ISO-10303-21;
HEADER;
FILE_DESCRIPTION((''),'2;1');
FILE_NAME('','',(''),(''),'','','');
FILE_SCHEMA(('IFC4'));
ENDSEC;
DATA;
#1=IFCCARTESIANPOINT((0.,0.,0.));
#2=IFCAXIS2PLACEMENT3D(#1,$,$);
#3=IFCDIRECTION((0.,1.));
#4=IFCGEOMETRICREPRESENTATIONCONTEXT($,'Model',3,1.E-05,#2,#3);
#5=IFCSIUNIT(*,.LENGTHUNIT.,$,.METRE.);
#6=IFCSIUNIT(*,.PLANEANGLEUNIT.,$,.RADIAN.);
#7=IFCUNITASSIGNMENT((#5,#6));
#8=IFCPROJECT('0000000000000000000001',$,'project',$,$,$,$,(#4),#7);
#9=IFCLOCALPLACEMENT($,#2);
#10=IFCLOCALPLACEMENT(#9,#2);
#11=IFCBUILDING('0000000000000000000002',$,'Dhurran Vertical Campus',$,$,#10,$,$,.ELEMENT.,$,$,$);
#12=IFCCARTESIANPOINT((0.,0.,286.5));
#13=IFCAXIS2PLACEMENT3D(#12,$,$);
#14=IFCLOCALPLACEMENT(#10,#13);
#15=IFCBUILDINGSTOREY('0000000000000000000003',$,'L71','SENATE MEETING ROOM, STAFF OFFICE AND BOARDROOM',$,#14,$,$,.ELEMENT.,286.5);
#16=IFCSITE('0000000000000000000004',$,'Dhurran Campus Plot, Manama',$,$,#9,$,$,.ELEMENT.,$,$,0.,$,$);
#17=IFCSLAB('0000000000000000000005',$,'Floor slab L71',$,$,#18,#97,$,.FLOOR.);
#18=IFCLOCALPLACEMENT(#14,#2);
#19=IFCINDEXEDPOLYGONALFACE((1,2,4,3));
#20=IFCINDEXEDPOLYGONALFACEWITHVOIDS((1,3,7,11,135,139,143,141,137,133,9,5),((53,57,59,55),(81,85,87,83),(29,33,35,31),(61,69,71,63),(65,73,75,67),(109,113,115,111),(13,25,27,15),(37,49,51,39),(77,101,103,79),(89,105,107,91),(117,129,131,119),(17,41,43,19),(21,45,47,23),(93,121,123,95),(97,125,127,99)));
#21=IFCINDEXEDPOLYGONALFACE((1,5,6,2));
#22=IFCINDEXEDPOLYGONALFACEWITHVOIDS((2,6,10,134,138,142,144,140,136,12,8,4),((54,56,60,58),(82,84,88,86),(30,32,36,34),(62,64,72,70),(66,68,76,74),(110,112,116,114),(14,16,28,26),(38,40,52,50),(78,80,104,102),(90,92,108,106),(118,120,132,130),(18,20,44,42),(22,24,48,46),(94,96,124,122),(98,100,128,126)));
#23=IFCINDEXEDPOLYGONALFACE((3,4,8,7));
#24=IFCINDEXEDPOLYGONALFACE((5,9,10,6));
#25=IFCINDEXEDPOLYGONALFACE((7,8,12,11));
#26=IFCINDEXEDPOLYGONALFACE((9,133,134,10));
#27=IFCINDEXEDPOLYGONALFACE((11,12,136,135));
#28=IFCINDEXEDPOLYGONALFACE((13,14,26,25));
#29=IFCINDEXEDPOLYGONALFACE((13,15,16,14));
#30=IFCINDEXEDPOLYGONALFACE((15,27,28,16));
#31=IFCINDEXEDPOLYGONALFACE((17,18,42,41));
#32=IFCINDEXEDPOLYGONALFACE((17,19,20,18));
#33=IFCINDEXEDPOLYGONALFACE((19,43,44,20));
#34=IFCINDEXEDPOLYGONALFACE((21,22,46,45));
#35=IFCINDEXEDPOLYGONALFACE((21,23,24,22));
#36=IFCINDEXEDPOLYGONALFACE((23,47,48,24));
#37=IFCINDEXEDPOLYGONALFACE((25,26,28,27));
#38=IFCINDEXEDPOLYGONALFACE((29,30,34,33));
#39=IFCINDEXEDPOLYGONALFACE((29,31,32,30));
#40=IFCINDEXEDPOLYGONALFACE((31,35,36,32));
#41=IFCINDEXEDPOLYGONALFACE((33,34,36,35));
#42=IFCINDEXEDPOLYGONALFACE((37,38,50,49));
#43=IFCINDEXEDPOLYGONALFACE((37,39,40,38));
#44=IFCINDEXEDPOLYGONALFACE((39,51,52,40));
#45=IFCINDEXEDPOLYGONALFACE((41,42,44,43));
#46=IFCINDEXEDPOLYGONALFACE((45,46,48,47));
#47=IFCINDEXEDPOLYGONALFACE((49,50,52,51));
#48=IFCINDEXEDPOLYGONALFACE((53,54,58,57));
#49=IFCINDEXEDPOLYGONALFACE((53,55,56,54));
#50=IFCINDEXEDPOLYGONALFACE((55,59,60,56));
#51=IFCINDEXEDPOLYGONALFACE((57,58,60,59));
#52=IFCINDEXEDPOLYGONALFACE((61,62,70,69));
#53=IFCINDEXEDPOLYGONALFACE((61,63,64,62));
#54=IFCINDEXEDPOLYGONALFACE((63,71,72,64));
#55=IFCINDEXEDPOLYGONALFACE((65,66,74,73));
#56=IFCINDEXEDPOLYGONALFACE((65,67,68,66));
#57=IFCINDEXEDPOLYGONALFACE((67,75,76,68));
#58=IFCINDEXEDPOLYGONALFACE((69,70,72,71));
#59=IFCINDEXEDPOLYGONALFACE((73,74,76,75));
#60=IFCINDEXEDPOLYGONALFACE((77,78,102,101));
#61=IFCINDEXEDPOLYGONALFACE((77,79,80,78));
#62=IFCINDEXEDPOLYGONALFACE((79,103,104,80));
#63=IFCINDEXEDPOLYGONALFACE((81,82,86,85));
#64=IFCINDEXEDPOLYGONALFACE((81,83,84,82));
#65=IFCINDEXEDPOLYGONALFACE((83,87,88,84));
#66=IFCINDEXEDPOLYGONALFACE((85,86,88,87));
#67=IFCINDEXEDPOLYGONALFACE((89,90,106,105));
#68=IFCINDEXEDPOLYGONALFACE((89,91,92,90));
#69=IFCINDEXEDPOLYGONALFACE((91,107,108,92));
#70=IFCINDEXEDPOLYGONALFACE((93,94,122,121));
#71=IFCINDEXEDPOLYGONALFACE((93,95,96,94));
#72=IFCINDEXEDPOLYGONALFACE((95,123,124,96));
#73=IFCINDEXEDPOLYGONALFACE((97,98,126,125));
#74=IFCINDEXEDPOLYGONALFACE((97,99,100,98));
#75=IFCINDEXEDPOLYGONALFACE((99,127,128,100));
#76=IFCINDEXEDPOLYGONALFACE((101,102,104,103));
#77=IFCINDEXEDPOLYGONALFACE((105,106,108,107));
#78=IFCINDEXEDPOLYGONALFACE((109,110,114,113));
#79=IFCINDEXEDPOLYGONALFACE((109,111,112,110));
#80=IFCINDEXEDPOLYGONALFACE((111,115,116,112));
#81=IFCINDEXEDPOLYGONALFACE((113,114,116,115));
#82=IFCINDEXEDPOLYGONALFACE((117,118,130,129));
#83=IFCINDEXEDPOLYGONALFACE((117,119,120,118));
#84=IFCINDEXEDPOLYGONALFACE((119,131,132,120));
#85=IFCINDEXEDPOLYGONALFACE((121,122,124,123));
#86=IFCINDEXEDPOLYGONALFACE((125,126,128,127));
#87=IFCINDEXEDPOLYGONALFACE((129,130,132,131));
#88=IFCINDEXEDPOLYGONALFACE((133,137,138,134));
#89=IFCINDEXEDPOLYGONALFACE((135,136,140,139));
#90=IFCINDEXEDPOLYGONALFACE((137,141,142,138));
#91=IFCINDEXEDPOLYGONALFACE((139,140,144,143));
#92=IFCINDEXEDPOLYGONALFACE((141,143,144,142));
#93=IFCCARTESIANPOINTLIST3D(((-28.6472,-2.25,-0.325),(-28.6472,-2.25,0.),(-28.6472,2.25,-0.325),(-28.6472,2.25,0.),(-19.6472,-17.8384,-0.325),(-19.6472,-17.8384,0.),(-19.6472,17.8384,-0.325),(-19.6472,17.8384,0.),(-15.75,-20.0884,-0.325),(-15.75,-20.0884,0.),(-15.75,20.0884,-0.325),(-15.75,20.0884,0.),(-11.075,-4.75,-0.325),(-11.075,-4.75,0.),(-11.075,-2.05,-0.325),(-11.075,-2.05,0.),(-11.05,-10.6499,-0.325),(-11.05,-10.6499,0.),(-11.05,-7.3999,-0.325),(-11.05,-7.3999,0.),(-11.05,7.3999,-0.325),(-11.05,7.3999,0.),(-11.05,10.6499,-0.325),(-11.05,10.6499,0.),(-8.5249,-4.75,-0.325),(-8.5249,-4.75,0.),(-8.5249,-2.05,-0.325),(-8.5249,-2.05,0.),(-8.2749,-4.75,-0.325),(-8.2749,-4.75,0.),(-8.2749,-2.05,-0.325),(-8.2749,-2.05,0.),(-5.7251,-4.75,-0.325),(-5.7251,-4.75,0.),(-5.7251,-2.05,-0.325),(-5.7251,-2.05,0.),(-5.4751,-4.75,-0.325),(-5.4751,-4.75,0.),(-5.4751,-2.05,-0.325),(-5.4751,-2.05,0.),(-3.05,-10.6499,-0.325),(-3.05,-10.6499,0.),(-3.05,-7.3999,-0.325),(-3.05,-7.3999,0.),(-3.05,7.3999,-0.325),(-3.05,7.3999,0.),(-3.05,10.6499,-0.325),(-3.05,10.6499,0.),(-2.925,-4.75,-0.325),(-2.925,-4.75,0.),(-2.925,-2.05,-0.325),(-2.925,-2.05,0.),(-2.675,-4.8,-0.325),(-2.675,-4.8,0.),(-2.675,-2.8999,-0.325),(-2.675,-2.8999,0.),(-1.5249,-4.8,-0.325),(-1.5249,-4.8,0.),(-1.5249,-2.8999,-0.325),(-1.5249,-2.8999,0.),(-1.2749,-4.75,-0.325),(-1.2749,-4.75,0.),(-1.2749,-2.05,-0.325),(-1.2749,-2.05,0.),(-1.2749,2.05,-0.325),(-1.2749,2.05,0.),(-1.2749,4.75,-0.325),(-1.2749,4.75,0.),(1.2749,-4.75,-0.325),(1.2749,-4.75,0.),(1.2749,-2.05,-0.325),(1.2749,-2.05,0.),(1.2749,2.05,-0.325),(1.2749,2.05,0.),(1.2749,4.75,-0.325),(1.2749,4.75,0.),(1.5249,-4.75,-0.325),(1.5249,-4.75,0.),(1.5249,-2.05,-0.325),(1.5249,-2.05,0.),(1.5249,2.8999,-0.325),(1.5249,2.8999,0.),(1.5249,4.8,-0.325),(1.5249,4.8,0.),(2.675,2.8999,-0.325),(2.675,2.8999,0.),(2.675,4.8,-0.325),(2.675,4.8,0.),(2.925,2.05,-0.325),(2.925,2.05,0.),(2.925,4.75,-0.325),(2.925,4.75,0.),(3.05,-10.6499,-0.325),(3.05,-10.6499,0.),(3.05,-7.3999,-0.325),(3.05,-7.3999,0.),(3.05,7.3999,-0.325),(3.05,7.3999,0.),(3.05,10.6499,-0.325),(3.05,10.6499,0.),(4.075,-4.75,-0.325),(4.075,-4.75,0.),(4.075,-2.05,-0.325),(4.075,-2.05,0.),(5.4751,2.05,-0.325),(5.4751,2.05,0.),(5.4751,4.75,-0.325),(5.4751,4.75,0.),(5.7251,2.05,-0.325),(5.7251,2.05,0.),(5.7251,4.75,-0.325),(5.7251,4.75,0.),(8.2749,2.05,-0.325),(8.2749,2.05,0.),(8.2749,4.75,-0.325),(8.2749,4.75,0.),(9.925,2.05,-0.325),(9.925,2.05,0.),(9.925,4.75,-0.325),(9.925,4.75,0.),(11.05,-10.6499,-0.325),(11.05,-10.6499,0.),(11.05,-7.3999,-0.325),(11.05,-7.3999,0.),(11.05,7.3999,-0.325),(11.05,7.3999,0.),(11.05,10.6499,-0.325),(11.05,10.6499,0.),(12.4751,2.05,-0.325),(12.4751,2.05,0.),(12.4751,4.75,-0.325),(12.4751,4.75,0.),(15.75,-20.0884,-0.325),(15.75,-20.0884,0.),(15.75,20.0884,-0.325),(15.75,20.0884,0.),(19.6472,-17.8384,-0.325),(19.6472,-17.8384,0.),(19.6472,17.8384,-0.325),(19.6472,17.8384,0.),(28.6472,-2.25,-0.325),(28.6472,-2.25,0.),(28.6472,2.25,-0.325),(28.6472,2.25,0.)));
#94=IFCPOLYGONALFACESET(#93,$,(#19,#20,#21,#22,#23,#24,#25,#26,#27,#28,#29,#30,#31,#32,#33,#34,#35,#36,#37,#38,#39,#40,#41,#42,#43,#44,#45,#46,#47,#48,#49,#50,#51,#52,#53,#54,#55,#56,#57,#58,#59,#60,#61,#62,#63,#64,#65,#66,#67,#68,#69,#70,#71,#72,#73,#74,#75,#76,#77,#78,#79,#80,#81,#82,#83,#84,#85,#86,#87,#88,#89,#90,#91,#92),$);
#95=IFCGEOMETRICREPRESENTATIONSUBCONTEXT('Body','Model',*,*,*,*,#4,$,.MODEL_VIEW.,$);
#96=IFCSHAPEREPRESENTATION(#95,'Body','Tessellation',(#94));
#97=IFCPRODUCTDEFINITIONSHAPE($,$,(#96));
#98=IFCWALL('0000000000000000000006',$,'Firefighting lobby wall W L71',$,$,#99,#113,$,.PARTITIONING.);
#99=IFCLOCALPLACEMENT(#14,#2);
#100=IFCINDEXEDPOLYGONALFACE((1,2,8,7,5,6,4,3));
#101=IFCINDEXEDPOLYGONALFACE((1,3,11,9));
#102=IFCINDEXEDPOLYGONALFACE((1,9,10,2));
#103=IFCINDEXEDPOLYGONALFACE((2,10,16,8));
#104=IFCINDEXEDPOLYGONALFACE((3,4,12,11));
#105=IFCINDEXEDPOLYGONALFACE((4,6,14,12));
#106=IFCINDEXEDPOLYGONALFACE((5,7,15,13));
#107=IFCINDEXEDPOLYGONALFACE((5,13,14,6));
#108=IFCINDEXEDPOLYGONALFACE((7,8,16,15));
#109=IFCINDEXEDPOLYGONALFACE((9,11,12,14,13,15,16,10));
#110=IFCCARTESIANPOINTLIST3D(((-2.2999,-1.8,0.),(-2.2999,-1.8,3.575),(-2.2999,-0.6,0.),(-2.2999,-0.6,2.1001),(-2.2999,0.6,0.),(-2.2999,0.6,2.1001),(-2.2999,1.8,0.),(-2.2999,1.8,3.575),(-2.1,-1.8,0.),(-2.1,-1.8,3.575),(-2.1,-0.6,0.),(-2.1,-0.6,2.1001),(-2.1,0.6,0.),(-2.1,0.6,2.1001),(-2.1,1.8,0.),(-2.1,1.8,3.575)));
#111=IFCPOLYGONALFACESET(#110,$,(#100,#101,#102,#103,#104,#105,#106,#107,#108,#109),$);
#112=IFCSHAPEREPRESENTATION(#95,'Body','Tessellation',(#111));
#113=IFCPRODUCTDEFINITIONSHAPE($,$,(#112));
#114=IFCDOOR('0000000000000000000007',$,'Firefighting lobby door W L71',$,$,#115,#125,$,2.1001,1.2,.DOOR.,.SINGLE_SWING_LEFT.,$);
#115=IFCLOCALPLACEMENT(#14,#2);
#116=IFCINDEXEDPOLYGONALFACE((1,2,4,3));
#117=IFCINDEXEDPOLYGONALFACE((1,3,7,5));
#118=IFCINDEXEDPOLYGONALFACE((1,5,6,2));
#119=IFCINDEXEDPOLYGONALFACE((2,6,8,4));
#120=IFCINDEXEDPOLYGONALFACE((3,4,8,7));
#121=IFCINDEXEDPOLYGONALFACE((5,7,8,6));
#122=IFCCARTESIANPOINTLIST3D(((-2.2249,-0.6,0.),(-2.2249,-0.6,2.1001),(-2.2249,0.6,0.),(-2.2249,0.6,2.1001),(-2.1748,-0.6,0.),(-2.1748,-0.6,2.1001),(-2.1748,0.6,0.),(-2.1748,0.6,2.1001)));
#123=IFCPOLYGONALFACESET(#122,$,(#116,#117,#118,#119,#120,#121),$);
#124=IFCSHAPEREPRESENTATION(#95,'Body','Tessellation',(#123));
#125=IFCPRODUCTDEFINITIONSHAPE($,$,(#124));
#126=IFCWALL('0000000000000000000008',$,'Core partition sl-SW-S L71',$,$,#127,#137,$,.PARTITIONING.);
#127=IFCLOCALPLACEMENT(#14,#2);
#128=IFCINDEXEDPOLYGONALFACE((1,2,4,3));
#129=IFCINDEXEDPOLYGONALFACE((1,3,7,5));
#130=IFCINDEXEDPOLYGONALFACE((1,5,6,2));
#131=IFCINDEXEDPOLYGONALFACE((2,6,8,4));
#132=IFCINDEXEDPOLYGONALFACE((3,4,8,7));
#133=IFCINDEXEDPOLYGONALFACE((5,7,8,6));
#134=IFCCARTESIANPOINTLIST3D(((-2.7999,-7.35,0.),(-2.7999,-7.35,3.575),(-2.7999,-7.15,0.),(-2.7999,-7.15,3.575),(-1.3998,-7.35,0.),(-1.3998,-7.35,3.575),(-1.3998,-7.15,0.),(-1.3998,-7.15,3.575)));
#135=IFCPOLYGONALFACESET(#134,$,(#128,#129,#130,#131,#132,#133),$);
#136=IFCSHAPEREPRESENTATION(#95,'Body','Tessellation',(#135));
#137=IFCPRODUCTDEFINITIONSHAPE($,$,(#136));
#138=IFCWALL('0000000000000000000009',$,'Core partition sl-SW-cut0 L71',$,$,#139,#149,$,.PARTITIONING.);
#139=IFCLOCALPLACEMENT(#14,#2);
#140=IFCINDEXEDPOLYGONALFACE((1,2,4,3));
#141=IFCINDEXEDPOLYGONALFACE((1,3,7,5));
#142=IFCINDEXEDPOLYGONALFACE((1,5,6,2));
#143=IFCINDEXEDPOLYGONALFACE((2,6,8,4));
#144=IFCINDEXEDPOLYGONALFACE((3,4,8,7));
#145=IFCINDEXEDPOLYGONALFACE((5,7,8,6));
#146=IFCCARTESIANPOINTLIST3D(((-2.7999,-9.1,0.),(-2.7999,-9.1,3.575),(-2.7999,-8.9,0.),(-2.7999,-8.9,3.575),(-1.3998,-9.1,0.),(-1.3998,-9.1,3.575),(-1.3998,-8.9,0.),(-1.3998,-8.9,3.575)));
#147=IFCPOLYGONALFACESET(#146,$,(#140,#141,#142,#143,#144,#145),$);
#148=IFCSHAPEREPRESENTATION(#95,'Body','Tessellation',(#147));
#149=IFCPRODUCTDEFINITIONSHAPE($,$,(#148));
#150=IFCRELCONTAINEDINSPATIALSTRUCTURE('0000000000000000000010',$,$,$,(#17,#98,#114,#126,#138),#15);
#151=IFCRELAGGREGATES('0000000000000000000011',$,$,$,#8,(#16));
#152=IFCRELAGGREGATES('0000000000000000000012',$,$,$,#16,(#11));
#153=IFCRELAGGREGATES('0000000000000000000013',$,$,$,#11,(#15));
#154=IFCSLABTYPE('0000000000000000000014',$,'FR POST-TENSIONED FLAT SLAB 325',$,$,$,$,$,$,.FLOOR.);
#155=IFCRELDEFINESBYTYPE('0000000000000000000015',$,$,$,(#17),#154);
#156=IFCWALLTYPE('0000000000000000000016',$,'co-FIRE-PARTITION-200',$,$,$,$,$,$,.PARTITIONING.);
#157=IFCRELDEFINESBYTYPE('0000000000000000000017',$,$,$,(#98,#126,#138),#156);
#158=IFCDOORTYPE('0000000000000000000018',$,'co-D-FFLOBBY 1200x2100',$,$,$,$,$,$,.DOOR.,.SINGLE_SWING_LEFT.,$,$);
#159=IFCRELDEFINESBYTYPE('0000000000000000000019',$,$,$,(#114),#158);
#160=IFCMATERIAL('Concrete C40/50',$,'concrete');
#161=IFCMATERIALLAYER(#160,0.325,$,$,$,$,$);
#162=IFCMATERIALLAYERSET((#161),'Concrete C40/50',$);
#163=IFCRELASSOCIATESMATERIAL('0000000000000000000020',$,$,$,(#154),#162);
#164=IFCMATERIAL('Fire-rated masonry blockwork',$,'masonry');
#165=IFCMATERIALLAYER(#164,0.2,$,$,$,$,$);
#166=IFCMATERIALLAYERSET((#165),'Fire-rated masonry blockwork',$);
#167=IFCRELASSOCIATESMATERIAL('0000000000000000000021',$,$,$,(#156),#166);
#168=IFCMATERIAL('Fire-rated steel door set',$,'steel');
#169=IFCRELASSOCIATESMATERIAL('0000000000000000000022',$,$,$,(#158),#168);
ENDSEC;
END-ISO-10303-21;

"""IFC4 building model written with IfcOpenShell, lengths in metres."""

from ifc_helpers import new_model, si_unit, direction, frame, frame_2d, origin, place, context, subcontext, project, spatial, polyline, rectangle, outline, extrude, material, layer, layer_set, type_object, element, fill, save


model = new_model("IFC4")

# Units and contexts
model_context = context("Model", 3, precision=1e-05, world=origin(), true_north=direction((0.0, 1.0)))
body_context = subcontext(model_context, "Body", "Model", "MODEL_VIEW")
ifc_project = project(units=[si_unit("LENGTHUNIT", "METRE"), si_unit("PLANEANGLEUNIT", "RADIAN")], contexts=[model_context])

# Site, building, storey
site_placement = place(None, origin())
site = spatial("IfcSite", under=ifc_project, at=site_placement, Name="Dhurran Campus Plot, Manama", CompositionType="ELEMENT", RefElevation=0.0)
building_placement = place(site_placement, origin())
building = spatial("IfcBuilding", under=site, at=building_placement, Name="Dhurran Vertical Campus", CompositionType="ELEMENT")
storey_placement = place(building_placement, frame((0.0, 0.0, 286.5)))
storey = spatial("IfcBuildingStorey", under=building, at=storey_placement, Name="L71", Description="SENATE MEETING ROOM, STAFF OFFICE AND BOARDROOM", CompositionType="ELEMENT", Elevation=286.5)

# Slab
ifc_material_1 = material(Name="Concrete C40/50", Category="concrete")
ifc_layer_1 = layer(ifc_material_1, 0.325)
ifc_layer_set_1 = layer_set([ifc_layer_1], Name="Concrete C40/50")
slab_type = type_object("IfcSlabType", Name="FR POST-TENSIONED FLAT SLAB 325", PredefinedType="FLOOR", material=ifc_layer_set_1)
slab_placement = place(storey_placement, frame((0.0, 0.0, -0.325)))
element("IfcSlab", 1, at=slab_placement, inside=storey, type_object=slab_type, Name="Floor slab L71", PredefinedType="FLOOR", context=body_context, shape_type="SweptSolid", body=[
    extrude(outline(polyline([(-15.75, -20.0884), (15.75, -20.0884), (19.6472, -17.8384), (28.6472, -2.25), (28.6472, 2.25), (19.6472, 17.8384), (15.75, 20.0884), (-15.75, 20.0884), (-19.6472, 17.8384), (-28.6472, 2.25), (-28.6472, -2.25), (-19.6472, -17.8384), (-15.75, -20.0884)]), holes=[polyline([(-1.2749, 2.05), (1.2749, 2.05), (1.2749, 4.75), (-1.2749, 4.75), (-1.2749, 2.05)]), polyline([(9.925, 2.05), (12.4751, 2.05), (12.4751, 4.75), (9.925, 4.75), (9.925, 2.05)]), polyline([(-1.2749, -4.75), (1.2749, -4.75), (1.2749, -2.05), (-1.2749, -2.05), (-1.2749, -4.75)]), polyline([(1.5249, -4.75), (4.075, -4.75), (4.075, -2.05), (1.5249, -2.05), (1.5249, -4.75)]), polyline([(2.925, 2.05), (5.4751, 2.05), (5.4751, 4.75), (2.925, 4.75), (2.925, 2.05)]), polyline([(5.7251, 2.05), (8.2749, 2.05), (8.2749, 4.75), (5.7251, 4.75), (5.7251, 2.05)]), polyline([(-11.075, -4.75), (-8.5249, -4.75), (-8.5249, -2.05), (-11.075, -2.05), (-11.075, -4.75)]), polyline([(-8.2749, -4.75), (-5.7251, -4.75), (-5.7251, -2.05), (-8.2749, -2.05), (-8.2749, -4.75)]), polyline([(-5.4751, -4.75), (-2.925, -4.75), (-2.925, -2.05), (-5.4751, -2.05), (-5.4751, -4.75)]), polyline([(-11.05, 7.3999), (-3.05, 7.3999), (-3.05, 10.6499), (-11.05, 10.6499), (-11.05, 7.3999)]), polyline([(3.05, 7.3999), (11.05, 7.3999), (11.05, 10.6499), (3.05, 10.6499), (3.05, 7.3999)]), polyline([(-11.05, -10.6499), (-3.05, -10.6499), (-3.05, -7.3999), (-11.05, -7.3999), (-11.05, -10.6499)]), polyline([(3.05, -10.6499), (11.05, -10.6499), (11.05, -7.3999), (3.05, -7.3999), (3.05, -10.6499)]), polyline([(2.675, 2.8999), (1.5249, 2.8999), (1.5249, 4.8), (2.675, 4.8), (2.675, 2.8999)]), polyline([(-2.675, -2.8999), (-1.5249, -2.8999), (-1.5249, -4.8), (-2.675, -4.8), (-2.675, -2.8999)])]), origin(), (0.0, 0.0, 1.0), 0.325),
])

# Wall, opening, door
ifc_material_2 = material(Name="Fire-rated masonry blockwork", Category="masonry")
ifc_layer_2 = layer(ifc_material_2, 0.2)
ifc_layer_set_2 = layer_set([ifc_layer_2], Name="Fire-rated masonry blockwork")
wall_type_1 = type_object("IfcWallType", Name="co-FIRE-PARTITION-200", PredefinedType="PARTITIONING", material=ifc_layer_set_2)
wall_1_placement = place(storey_placement, frame((-2.2, -1.8, 0.0), z_axis=(0.0, 0.0, 1.0), x_axis=(0.0, 1.0, 0.0)))
wall_1 = element("IfcWall", 2, at=wall_1_placement, inside=storey, type_object=wall_type_1, Name="Firefighting lobby wall W L71", PredefinedType="PARTITIONING", context=body_context, shape_type="SweptSolid", body=[
    extrude(rectangle(XDim=3.6001, YDim=0.2, at=frame_2d((1.8, 0.0))), origin(), (0.0, 0.0, 1.0), 3.575),
])
opening_1_placement = place(wall_1_placement, frame((1.2, 0.0, 0.0)))
opening_1 = element("IfcOpeningElement", 3, at=opening_1_placement, cuts=wall_1, PredefinedType="OPENING", context=body_context, shape_type="SweptSolid", body=[
    extrude(rectangle(XDim=1.2, YDim=2.1001, at=frame_2d((0.6001, 1.05))), frame((0.0, 0.1099, 0.0), z_axis=(0.0, -1.0, 0.0), x_axis=(1.0, 0.0, 0.0)), (0.0, 0.0, 1.0), 0.22),
])
ifc_material_3 = material(Name="Fire-rated steel door set", Category="steel")
door_type_1 = type_object("IfcDoorType", Name="co-D-FFLOBBY 1200x2100", OperationType="SINGLE_SWING_LEFT", PredefinedType="DOOR", material=ifc_material_3)
door_1_placement = place(opening_1_placement, origin())
door_1 = element("IfcDoor", 4, at=door_1_placement, inside=storey, type_object=door_type_1, Name="Firefighting lobby door W L71", OperationType="SINGLE_SWING_LEFT", OverallHeight=2.1001, OverallWidth=1.2, PredefinedType="DOOR", context=body_context, shape_type="SweptSolid", body=[
    extrude(rectangle(XDim=1.2, YDim=2.1001, at=frame_2d((0.6001, 1.05))), frame((0.0, 0.0249, 0.0), z_axis=(0.0, -1.0, 0.0), x_axis=(1.0, 0.0, 0.0)), (0.0, 0.0, 1.0), 0.05),
])
fill(opening_1, door_1)

# Walls
for number, where, z_axis, x_axis, name in (
    (5, (-2.8, -7.25, 0.0), (0.0, 0.0, 1.0), (1.0, 0.0, 0.0), "Core partition sl-SW-S L71"),
    (6, (-2.8, -9.0, 0.0), (0.0, 0.0, 1.0), (1.0, 0.0, 0.0), "Core partition sl-SW-cut0 L71"),
):
    element("IfcWall", number, at=place(storey_placement, frame(where, z_axis=z_axis, x_axis=x_axis)), inside=storey, type_object=wall_type_1, Name=name, PredefinedType="PARTITIONING", context=body_context, shape_type="SweptSolid", body=[
        extrude(rectangle(XDim=1.4001, YDim=0.2, at=frame_2d((0.7002, 0.0))), origin(), (0.0, 0.0, 1.0), 3.575),
    ])

save(model, "model.ifc")
